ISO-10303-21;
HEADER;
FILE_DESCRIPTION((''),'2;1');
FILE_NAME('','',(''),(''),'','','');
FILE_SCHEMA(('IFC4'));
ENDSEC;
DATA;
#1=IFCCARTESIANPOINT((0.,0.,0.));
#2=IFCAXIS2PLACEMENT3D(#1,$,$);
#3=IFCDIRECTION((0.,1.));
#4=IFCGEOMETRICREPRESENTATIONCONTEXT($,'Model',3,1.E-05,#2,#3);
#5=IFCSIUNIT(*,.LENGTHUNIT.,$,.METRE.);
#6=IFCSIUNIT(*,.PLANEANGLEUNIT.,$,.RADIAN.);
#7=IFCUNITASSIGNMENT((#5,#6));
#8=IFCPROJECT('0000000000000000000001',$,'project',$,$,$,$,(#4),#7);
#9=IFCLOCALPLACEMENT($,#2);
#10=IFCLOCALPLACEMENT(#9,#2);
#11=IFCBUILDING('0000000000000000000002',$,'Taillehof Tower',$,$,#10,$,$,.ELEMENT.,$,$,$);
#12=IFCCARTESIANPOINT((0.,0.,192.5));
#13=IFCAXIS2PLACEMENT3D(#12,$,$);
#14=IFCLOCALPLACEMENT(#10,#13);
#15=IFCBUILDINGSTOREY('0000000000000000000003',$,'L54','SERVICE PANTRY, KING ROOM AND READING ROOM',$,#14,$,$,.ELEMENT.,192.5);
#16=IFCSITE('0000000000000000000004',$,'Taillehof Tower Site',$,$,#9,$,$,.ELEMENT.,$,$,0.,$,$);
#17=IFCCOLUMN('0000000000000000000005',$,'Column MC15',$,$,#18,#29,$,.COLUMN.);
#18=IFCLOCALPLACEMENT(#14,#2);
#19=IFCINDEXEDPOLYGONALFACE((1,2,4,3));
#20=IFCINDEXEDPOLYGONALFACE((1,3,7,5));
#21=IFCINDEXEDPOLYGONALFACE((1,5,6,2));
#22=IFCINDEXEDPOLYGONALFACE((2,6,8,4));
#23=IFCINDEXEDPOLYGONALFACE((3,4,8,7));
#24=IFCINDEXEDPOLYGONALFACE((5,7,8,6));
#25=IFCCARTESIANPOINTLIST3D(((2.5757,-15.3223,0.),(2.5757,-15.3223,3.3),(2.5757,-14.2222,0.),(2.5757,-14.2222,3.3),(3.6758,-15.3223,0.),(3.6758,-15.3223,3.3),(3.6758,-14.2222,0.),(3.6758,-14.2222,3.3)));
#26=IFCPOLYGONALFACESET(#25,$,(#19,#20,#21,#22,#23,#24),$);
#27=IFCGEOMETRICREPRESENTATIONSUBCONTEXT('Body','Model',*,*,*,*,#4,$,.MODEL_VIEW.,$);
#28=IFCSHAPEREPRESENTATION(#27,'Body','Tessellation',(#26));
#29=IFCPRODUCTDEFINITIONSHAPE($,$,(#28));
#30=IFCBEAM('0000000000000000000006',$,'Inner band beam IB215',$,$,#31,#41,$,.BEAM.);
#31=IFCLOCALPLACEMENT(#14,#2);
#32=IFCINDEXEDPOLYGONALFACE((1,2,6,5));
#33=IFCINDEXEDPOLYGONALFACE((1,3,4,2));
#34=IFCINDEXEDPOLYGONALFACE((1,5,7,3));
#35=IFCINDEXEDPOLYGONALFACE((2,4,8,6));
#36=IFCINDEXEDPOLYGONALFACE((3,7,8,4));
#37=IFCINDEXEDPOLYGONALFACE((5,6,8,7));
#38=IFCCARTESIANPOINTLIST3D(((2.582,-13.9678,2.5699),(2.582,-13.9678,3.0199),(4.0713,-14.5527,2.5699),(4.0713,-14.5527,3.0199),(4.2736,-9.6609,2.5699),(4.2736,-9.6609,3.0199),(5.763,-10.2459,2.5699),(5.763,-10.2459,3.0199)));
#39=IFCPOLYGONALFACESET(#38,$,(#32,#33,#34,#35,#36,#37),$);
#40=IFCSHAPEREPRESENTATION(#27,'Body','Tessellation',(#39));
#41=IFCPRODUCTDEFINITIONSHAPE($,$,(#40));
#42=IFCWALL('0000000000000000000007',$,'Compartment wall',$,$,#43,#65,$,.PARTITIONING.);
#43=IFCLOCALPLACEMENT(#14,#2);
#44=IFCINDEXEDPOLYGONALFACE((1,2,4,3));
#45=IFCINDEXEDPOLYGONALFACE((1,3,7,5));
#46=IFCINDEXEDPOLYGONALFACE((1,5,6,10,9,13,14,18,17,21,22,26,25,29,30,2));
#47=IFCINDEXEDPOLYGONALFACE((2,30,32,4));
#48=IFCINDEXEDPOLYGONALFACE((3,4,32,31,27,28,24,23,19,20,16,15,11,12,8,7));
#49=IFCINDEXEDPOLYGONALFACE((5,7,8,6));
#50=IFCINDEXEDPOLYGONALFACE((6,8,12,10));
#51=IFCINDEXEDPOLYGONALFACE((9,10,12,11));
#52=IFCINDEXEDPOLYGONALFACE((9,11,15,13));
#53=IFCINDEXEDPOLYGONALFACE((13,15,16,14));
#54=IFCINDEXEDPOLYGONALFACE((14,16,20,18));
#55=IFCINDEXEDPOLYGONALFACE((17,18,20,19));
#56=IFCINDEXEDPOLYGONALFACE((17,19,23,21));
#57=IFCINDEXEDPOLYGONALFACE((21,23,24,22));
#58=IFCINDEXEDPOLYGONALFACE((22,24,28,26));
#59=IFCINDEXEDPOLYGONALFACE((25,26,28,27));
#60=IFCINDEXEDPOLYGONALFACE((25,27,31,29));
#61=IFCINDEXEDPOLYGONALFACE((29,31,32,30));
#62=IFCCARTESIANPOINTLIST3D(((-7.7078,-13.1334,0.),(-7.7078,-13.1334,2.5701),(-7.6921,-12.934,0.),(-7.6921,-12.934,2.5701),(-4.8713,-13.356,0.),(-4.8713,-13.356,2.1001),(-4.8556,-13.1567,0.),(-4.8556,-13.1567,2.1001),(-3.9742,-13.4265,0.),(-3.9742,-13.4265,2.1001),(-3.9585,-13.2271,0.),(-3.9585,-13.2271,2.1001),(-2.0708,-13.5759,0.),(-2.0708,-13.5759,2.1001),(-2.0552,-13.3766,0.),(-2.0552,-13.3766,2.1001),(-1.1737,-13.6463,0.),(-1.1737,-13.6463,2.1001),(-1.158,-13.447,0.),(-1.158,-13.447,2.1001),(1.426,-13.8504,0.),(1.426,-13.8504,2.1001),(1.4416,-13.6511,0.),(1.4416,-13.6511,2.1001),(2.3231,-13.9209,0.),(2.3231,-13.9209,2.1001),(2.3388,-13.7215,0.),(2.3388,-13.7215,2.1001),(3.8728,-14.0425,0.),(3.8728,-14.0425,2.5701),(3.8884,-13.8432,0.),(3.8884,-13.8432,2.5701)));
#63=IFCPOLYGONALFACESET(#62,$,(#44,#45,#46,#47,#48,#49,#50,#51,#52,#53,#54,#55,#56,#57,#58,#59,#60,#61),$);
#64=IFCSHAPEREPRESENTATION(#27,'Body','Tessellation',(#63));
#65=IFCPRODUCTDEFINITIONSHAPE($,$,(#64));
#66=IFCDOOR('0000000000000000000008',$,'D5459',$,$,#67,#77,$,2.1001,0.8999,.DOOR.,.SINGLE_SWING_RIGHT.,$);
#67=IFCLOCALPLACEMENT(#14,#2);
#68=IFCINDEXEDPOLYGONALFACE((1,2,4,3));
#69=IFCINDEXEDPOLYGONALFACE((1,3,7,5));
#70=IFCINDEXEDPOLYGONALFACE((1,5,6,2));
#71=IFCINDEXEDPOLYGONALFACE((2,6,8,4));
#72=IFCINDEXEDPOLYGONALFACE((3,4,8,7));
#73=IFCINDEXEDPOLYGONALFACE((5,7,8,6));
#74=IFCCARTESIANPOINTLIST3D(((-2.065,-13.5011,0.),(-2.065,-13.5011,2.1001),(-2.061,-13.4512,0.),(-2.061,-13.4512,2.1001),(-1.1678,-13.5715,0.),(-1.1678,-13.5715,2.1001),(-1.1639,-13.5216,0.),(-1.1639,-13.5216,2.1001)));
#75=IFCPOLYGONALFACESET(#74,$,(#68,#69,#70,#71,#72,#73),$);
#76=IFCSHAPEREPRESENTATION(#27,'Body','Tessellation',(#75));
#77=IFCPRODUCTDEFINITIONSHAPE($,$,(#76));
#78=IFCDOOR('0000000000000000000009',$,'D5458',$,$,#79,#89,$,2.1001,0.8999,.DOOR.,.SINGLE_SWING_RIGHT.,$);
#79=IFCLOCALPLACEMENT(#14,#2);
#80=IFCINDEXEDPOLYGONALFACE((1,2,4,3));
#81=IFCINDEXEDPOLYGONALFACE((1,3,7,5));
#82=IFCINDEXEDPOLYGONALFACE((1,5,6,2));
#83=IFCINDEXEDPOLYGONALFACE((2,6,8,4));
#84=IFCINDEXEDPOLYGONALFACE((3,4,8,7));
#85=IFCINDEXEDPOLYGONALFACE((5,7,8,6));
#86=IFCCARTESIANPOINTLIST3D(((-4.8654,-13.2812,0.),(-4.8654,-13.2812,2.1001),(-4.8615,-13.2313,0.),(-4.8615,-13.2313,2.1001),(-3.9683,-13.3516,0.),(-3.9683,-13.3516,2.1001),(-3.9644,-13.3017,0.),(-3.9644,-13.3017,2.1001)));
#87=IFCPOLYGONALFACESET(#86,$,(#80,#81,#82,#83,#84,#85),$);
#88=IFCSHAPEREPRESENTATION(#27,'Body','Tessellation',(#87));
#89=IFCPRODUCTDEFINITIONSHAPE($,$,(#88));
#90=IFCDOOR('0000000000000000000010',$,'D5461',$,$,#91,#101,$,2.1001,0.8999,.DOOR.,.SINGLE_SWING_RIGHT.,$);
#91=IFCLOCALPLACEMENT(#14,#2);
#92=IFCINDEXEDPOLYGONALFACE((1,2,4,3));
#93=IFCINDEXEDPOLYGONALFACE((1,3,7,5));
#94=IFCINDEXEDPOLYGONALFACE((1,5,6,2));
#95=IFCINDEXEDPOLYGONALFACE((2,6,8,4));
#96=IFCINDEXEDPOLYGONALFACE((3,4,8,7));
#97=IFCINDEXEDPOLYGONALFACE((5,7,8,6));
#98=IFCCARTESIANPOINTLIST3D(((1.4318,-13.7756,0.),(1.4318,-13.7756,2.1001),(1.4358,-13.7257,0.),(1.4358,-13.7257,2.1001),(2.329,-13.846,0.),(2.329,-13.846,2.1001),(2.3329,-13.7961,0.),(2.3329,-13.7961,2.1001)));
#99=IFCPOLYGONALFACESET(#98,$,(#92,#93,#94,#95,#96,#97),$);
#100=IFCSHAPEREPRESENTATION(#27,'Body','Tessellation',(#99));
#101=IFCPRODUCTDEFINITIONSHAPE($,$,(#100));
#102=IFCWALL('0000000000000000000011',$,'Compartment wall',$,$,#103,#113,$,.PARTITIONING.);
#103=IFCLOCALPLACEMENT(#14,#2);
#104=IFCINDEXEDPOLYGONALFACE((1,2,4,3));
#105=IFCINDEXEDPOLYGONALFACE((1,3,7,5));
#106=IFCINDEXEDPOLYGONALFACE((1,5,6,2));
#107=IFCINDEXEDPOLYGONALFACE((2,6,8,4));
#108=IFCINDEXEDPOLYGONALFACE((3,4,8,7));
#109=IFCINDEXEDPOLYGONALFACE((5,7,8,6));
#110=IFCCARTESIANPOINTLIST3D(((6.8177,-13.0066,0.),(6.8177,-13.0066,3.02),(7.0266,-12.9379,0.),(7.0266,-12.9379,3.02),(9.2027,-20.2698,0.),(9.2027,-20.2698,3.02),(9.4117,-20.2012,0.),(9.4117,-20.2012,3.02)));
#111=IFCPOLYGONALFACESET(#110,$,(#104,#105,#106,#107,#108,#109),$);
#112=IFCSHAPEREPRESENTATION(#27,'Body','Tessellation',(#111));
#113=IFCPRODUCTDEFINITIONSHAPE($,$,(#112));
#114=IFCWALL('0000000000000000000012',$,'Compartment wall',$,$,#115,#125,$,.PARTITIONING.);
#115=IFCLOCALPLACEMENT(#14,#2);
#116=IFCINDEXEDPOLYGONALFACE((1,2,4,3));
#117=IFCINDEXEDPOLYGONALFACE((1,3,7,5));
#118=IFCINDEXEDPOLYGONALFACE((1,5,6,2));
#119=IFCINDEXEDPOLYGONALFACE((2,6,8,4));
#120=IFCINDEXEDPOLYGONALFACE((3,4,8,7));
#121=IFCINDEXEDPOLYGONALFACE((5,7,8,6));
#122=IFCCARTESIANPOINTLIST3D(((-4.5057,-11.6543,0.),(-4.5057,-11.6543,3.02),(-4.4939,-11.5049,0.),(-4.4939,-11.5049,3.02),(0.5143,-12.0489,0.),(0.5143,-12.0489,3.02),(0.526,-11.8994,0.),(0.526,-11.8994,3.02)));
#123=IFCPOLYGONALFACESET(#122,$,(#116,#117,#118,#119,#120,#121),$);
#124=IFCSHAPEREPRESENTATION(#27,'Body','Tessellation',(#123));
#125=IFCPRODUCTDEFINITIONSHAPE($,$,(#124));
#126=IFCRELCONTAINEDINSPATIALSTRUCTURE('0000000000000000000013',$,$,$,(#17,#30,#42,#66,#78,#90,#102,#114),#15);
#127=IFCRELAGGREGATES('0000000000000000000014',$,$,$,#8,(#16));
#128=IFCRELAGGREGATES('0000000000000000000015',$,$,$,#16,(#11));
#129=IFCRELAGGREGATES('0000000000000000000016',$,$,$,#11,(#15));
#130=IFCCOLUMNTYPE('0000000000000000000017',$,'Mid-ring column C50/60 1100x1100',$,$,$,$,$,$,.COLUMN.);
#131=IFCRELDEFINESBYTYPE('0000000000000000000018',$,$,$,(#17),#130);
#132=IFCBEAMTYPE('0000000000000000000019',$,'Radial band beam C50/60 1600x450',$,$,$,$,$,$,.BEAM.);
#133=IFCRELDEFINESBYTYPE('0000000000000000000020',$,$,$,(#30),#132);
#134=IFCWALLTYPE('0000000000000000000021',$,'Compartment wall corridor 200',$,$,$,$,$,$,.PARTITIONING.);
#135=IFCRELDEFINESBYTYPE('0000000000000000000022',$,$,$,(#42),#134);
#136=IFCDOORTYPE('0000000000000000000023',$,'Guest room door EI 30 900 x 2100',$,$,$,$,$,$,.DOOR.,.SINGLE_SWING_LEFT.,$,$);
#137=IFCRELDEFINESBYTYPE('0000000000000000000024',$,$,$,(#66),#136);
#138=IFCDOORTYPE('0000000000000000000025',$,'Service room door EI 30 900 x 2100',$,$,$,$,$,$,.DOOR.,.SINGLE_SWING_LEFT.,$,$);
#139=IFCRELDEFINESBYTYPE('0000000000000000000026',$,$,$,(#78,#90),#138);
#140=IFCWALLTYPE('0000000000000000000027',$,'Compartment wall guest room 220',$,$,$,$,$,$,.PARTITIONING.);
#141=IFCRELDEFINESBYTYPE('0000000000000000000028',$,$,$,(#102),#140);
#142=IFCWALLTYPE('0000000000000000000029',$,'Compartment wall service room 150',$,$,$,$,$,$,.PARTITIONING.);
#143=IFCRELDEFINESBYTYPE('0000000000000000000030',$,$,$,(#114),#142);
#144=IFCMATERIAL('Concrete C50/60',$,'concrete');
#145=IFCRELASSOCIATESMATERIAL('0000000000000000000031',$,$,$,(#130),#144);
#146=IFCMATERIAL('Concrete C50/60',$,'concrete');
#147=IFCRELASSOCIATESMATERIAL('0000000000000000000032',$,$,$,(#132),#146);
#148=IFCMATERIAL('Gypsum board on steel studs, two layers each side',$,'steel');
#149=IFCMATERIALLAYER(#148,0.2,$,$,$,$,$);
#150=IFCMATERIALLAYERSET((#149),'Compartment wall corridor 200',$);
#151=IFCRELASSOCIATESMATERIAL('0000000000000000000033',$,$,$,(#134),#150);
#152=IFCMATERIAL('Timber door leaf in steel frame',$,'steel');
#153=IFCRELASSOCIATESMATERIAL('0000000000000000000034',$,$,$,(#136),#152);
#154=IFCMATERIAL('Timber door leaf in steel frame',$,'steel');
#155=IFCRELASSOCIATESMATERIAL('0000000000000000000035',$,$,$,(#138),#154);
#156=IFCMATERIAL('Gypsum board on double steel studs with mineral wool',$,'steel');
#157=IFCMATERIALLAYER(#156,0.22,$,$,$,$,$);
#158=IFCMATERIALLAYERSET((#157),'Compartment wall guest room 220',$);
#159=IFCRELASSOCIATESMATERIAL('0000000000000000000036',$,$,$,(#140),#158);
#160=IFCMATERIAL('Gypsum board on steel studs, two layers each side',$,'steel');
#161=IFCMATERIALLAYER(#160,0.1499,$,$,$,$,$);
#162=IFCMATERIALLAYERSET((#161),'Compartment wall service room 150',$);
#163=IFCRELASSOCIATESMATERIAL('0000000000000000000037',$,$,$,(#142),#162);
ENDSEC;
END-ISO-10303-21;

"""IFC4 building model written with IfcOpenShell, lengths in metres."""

from ifc_helpers import new_model, si_unit, direction, frame, frame_2d, origin, origin_2d, place, context, subcontext, project, spatial, rectangle, extrude, material, layer, layer_set, material_profile, profile_set, type_object, element, fill, save


model = new_model("IFC4")

# Units and contexts
model_context = context("Model", 3, precision=1e-05, world=origin(), true_north=direction((0.0, 1.0)))
body_context = subcontext(model_context, "Body", "Model", "MODEL_VIEW")
ifc_project = project(units=[si_unit("LENGTHUNIT", "METRE"), si_unit("PLANEANGLEUNIT", "RADIAN")], contexts=[model_context])

# Site, building, storey
site_placement = place(None, origin())
site = spatial("IfcSite", under=ifc_project, at=site_placement, Name="Taillehof Tower Site", CompositionType="ELEMENT", RefElevation=0.0)
building_placement = place(site_placement, origin())
building = spatial("IfcBuilding", under=site, at=building_placement, Name="Taillehof Tower", CompositionType="ELEMENT")
storey_placement = place(building_placement, frame((0.0, 0.0, 192.5)))
storey = spatial("IfcBuildingStorey", under=building, at=storey_placement, Name="L54", Description="SERVICE PANTRY, KING ROOM AND READING ROOM", CompositionType="ELEMENT", Elevation=192.5)

# Column
ifc_material_1 = material(Name="Concrete C50/60", Category="concrete")
ifc_material_profile_1 = material_profile(ifc_material_1, rectangle(XDim=1.1001, YDim=1.1001, at=origin_2d()), Name="RC 1100x1100")
ifc_profile_set_1 = profile_set([ifc_material_profile_1], Name="Concrete C50/60")
column_type = type_object("IfcColumnType", Name="Mid-ring column C50/60 1100x1100", PredefinedType="COLUMN", material=ifc_profile_set_1)
column_placement = place(storey_placement, frame((3.1257, -14.7722, 0.0), z_axis=(0.0, 0.0, 1.0), x_axis=(1.0, 0.0, 0.0)))
element("IfcColumn", 1, at=column_placement, inside=storey, type_object=column_type, Name="Column MC15", PredefinedType="COLUMN", context=body_context, shape_type="SweptSolid", body=[
    extrude(rectangle(XDim=1.1001, YDim=1.1001, at=origin_2d()), origin(), (0.0, 0.0, 1.0), 3.3),
])

# Beam
ifc_material_2 = material(Name="Concrete C50/60", Category="concrete")
ifc_material_profile_2 = material_profile(ifc_material_2, rectangle(XDim=1.6001, YDim=0.45, at=origin_2d()), Name="RC 1600x450")
ifc_profile_set_2 = profile_set([ifc_material_profile_2], Name="Concrete C50/60")
beam_type = type_object("IfcBeamType", Name="Radial band beam C50/60 1600x450", PredefinedType="BEAM", material=ifc_profile_set_2)
beam_placement = place(storey_placement, frame((3.3267, -14.2603, 2.7949), z_axis=(0.365589, 0.930777, 0.0), x_axis=(-0.930777, 0.365589, 0.0)))
element("IfcBeam", 2, at=beam_placement, inside=storey, type_object=beam_type, Name="Inner band beam IB215", PredefinedType="BEAM", context=body_context, shape_type="SweptSolid", body=[
    extrude(rectangle(XDim=1.6001, YDim=0.45, at=origin_2d()), origin(), (0.0, 0.0, 1.0), 4.6272),
])

# Wall, openings, doors
ifc_material_3 = material(Name="Gypsum board on steel studs, two layers each side", Category="steel")
ifc_layer_1 = layer(ifc_material_3, 0.2)
ifc_layer_set_1 = layer_set([ifc_layer_1], Name="Compartment wall corridor 200")
wall_type_1 = type_object("IfcWallType", Name="Compartment wall corridor 200", PredefinedType="PARTITIONING", material=ifc_layer_set_1)
wall_1_placement = place(storey_placement, frame((3.8806, -13.9429, 0.0), z_axis=(0.0, 0.0, 1.0), x_axis=(-0.996932, 0.078268, 0.0)))
wall_1 = element("IfcWall", 3, at=wall_1_placement, inside=storey, type_object=wall_type_1, Name="Compartment wall", PredefinedType="PARTITIONING", context=body_context, shape_type="SweptSolid", body=[
    extrude(rectangle(XDim=11.6162, YDim=0.2, at=frame_2d((5.8081, 0.0))), origin(), (0.0, 0.0, 1.0), 2.5701),
])
opening_1_placement = place(wall_1_placement, frame((7.8711, 0.0, 0.0)))
opening_1 = element("IfcOpeningElement", 4, at=opening_1_placement, cuts=wall_1, PredefinedType="OPENING", context=body_context, shape_type="SweptSolid", body=[
    extrude(rectangle(XDim=0.8999, YDim=2.1001, at=frame_2d((0.45, 1.05))), frame((0.0, 0.1099, 0.0), z_axis=(0.0, -1.0, 0.0), x_axis=(1.0, 0.0, 0.0)), (0.0, 0.0, 1.0), 0.22),
])
opening_2_placement = place(wall_1_placement, frame((5.062, 0.0, 0.0)))
opening_2 = element("IfcOpeningElement", 5, at=opening_2_placement, cuts=wall_1, PredefinedType="OPENING", context=body_context, shape_type="SweptSolid", body=[
    extrude(rectangle(XDim=0.8999, YDim=2.1001, at=frame_2d((0.45, 1.05))), frame((0.0, 0.1099, 0.0), z_axis=(0.0, -1.0, 0.0), x_axis=(1.0, 0.0, 0.0)), (0.0, 0.0, 1.0), 0.22),
])
opening_3_placement = place(wall_1_placement, frame((1.5544, 0.0, 0.0)))
opening_3 = element("IfcOpeningElement", 6, at=opening_3_placement, cuts=wall_1, PredefinedType="OPENING", context=body_context, shape_type="SweptSolid", body=[
    extrude(rectangle(XDim=0.8999, YDim=2.1001, at=frame_2d((0.45, 1.05))), frame((0.0, 0.1099, 0.0), z_axis=(0.0, -1.0, 0.0), x_axis=(1.0, 0.0, 0.0)), (0.0, 0.0, 1.0), 0.22),
])
ifc_material_4 = material(Name="Timber door leaf in steel frame", Category="steel")
door_type_1 = type_object("IfcDoorType", Name="Guest room door EI 30 900 x 2100", OperationType="SINGLE_SWING_LEFT", PredefinedType="DOOR", material=ifc_material_4)
door_1_placement = place(opening_2_placement, origin())
door_1 = element("IfcDoor", 7, at=door_1_placement, inside=storey, type_object=door_type_1, Name="D5459", OperationType="SINGLE_SWING_RIGHT", OverallHeight=2.1001, OverallWidth=0.8999, PredefinedType="DOOR", context=body_context, shape_type="SweptSolid", body=[
    extrude(rectangle(XDim=0.8999, YDim=2.1001, at=frame_2d((0.45, 1.05))), frame((0.0, 0.0249, 0.0), z_axis=(0.0, -1.0, 0.0), x_axis=(1.0, 0.0, 0.0)), (0.0, 0.0, 1.0), 0.05),
])
fill(opening_2, door_1)
ifc_material_5 = material(Name="Timber door leaf in steel frame", Category="steel")
door_type_2 = type_object("IfcDoorType", Name="Service room door EI 30 900 x 2100", OperationType="SINGLE_SWING_LEFT", PredefinedType="DOOR", material=ifc_material_5)
door_2_placement = place(opening_1_placement, origin())
door_2 = element("IfcDoor", 8, at=door_2_placement, inside=storey, type_object=door_type_2, Name="D5458", OperationType="SINGLE_SWING_RIGHT", OverallHeight=2.1001, OverallWidth=0.8999, PredefinedType="DOOR", context=body_context, shape_type="SweptSolid", body=[
    extrude(rectangle(XDim=0.8999, YDim=2.1001, at=frame_2d((0.45, 1.05))), frame((0.0, 0.0249, 0.0), z_axis=(0.0, -1.0, 0.0), x_axis=(1.0, 0.0, 0.0)), (0.0, 0.0, 1.0), 0.05),
])
fill(opening_1, door_2)
door_3_placement = place(opening_3_placement, origin())
door_3 = element("IfcDoor", 9, at=door_3_placement, inside=storey, type_object=door_type_2, Name="D5461", OperationType="SINGLE_SWING_RIGHT", OverallHeight=2.1001, OverallWidth=0.8999, PredefinedType="DOOR", context=body_context, shape_type="SweptSolid", body=[
    extrude(rectangle(XDim=0.8999, YDim=2.1001, at=frame_2d((0.45, 1.05))), frame((0.0, 0.0249, 0.0), z_axis=(0.0, -1.0, 0.0), x_axis=(1.0, 0.0, 0.0)), (0.0, 0.0, 1.0), 0.05),
])
fill(opening_3, door_3)

# Walls
ifc_material_6 = material(Name="Gypsum board on double steel studs with mineral wool", Category="steel")
ifc_layer_2 = layer(ifc_material_6, 0.22)
ifc_layer_set_2 = layer_set([ifc_layer_2], Name="Compartment wall guest room 220")
wall_type_2 = type_object("IfcWallType", Name="Compartment wall guest room 220", PredefinedType="PARTITIONING", material=ifc_layer_set_2)
wall_2_placement = place(storey_placement, frame((9.3071, -20.2354, 0.0), z_axis=(0.0, 0.0, 1.0), x_axis=(-0.31198, 0.950089, 0.0)))
element("IfcWall", 10, at=wall_2_placement, inside=storey, type_object=wall_type_2, Name="Compartment wall", PredefinedType="PARTITIONING", context=body_context, shape_type="SweptSolid", body=[
    extrude(rectangle(XDim=7.6448, YDim=0.22, at=frame_2d((3.8223, 0.0))), origin(), (0.0, 0.0, 1.0), 3.02),
])
ifc_material_7 = material(Name="Gypsum board on steel studs, two layers each side", Category="steel")
ifc_layer_3 = layer(ifc_material_7, 0.1499)
ifc_layer_set_3 = layer_set([ifc_layer_3], Name="Compartment wall service room 150")
wall_type_3 = type_object("IfcWallType", Name="Compartment wall service room 150", PredefinedType="PARTITIONING", material=ifc_layer_set_3)
wall_3_placement = place(storey_placement, frame((0.52, -11.9741, 0.0), z_axis=(0.0, 0.0, 1.0), x_axis=(-0.996926, 0.07835, 0.0)))
element("IfcWall", 11, at=wall_3_placement, inside=storey, type_object=wall_type_3, Name="Compartment wall", PredefinedType="PARTITIONING", context=body_context, shape_type="SweptSolid", body=[
    extrude(rectangle(XDim=5.0354, YDim=0.1499, at=frame_2d((2.5176, 0.0))), origin(), (0.0, 0.0, 1.0), 3.02),
])

save(model, "model.ifc")
